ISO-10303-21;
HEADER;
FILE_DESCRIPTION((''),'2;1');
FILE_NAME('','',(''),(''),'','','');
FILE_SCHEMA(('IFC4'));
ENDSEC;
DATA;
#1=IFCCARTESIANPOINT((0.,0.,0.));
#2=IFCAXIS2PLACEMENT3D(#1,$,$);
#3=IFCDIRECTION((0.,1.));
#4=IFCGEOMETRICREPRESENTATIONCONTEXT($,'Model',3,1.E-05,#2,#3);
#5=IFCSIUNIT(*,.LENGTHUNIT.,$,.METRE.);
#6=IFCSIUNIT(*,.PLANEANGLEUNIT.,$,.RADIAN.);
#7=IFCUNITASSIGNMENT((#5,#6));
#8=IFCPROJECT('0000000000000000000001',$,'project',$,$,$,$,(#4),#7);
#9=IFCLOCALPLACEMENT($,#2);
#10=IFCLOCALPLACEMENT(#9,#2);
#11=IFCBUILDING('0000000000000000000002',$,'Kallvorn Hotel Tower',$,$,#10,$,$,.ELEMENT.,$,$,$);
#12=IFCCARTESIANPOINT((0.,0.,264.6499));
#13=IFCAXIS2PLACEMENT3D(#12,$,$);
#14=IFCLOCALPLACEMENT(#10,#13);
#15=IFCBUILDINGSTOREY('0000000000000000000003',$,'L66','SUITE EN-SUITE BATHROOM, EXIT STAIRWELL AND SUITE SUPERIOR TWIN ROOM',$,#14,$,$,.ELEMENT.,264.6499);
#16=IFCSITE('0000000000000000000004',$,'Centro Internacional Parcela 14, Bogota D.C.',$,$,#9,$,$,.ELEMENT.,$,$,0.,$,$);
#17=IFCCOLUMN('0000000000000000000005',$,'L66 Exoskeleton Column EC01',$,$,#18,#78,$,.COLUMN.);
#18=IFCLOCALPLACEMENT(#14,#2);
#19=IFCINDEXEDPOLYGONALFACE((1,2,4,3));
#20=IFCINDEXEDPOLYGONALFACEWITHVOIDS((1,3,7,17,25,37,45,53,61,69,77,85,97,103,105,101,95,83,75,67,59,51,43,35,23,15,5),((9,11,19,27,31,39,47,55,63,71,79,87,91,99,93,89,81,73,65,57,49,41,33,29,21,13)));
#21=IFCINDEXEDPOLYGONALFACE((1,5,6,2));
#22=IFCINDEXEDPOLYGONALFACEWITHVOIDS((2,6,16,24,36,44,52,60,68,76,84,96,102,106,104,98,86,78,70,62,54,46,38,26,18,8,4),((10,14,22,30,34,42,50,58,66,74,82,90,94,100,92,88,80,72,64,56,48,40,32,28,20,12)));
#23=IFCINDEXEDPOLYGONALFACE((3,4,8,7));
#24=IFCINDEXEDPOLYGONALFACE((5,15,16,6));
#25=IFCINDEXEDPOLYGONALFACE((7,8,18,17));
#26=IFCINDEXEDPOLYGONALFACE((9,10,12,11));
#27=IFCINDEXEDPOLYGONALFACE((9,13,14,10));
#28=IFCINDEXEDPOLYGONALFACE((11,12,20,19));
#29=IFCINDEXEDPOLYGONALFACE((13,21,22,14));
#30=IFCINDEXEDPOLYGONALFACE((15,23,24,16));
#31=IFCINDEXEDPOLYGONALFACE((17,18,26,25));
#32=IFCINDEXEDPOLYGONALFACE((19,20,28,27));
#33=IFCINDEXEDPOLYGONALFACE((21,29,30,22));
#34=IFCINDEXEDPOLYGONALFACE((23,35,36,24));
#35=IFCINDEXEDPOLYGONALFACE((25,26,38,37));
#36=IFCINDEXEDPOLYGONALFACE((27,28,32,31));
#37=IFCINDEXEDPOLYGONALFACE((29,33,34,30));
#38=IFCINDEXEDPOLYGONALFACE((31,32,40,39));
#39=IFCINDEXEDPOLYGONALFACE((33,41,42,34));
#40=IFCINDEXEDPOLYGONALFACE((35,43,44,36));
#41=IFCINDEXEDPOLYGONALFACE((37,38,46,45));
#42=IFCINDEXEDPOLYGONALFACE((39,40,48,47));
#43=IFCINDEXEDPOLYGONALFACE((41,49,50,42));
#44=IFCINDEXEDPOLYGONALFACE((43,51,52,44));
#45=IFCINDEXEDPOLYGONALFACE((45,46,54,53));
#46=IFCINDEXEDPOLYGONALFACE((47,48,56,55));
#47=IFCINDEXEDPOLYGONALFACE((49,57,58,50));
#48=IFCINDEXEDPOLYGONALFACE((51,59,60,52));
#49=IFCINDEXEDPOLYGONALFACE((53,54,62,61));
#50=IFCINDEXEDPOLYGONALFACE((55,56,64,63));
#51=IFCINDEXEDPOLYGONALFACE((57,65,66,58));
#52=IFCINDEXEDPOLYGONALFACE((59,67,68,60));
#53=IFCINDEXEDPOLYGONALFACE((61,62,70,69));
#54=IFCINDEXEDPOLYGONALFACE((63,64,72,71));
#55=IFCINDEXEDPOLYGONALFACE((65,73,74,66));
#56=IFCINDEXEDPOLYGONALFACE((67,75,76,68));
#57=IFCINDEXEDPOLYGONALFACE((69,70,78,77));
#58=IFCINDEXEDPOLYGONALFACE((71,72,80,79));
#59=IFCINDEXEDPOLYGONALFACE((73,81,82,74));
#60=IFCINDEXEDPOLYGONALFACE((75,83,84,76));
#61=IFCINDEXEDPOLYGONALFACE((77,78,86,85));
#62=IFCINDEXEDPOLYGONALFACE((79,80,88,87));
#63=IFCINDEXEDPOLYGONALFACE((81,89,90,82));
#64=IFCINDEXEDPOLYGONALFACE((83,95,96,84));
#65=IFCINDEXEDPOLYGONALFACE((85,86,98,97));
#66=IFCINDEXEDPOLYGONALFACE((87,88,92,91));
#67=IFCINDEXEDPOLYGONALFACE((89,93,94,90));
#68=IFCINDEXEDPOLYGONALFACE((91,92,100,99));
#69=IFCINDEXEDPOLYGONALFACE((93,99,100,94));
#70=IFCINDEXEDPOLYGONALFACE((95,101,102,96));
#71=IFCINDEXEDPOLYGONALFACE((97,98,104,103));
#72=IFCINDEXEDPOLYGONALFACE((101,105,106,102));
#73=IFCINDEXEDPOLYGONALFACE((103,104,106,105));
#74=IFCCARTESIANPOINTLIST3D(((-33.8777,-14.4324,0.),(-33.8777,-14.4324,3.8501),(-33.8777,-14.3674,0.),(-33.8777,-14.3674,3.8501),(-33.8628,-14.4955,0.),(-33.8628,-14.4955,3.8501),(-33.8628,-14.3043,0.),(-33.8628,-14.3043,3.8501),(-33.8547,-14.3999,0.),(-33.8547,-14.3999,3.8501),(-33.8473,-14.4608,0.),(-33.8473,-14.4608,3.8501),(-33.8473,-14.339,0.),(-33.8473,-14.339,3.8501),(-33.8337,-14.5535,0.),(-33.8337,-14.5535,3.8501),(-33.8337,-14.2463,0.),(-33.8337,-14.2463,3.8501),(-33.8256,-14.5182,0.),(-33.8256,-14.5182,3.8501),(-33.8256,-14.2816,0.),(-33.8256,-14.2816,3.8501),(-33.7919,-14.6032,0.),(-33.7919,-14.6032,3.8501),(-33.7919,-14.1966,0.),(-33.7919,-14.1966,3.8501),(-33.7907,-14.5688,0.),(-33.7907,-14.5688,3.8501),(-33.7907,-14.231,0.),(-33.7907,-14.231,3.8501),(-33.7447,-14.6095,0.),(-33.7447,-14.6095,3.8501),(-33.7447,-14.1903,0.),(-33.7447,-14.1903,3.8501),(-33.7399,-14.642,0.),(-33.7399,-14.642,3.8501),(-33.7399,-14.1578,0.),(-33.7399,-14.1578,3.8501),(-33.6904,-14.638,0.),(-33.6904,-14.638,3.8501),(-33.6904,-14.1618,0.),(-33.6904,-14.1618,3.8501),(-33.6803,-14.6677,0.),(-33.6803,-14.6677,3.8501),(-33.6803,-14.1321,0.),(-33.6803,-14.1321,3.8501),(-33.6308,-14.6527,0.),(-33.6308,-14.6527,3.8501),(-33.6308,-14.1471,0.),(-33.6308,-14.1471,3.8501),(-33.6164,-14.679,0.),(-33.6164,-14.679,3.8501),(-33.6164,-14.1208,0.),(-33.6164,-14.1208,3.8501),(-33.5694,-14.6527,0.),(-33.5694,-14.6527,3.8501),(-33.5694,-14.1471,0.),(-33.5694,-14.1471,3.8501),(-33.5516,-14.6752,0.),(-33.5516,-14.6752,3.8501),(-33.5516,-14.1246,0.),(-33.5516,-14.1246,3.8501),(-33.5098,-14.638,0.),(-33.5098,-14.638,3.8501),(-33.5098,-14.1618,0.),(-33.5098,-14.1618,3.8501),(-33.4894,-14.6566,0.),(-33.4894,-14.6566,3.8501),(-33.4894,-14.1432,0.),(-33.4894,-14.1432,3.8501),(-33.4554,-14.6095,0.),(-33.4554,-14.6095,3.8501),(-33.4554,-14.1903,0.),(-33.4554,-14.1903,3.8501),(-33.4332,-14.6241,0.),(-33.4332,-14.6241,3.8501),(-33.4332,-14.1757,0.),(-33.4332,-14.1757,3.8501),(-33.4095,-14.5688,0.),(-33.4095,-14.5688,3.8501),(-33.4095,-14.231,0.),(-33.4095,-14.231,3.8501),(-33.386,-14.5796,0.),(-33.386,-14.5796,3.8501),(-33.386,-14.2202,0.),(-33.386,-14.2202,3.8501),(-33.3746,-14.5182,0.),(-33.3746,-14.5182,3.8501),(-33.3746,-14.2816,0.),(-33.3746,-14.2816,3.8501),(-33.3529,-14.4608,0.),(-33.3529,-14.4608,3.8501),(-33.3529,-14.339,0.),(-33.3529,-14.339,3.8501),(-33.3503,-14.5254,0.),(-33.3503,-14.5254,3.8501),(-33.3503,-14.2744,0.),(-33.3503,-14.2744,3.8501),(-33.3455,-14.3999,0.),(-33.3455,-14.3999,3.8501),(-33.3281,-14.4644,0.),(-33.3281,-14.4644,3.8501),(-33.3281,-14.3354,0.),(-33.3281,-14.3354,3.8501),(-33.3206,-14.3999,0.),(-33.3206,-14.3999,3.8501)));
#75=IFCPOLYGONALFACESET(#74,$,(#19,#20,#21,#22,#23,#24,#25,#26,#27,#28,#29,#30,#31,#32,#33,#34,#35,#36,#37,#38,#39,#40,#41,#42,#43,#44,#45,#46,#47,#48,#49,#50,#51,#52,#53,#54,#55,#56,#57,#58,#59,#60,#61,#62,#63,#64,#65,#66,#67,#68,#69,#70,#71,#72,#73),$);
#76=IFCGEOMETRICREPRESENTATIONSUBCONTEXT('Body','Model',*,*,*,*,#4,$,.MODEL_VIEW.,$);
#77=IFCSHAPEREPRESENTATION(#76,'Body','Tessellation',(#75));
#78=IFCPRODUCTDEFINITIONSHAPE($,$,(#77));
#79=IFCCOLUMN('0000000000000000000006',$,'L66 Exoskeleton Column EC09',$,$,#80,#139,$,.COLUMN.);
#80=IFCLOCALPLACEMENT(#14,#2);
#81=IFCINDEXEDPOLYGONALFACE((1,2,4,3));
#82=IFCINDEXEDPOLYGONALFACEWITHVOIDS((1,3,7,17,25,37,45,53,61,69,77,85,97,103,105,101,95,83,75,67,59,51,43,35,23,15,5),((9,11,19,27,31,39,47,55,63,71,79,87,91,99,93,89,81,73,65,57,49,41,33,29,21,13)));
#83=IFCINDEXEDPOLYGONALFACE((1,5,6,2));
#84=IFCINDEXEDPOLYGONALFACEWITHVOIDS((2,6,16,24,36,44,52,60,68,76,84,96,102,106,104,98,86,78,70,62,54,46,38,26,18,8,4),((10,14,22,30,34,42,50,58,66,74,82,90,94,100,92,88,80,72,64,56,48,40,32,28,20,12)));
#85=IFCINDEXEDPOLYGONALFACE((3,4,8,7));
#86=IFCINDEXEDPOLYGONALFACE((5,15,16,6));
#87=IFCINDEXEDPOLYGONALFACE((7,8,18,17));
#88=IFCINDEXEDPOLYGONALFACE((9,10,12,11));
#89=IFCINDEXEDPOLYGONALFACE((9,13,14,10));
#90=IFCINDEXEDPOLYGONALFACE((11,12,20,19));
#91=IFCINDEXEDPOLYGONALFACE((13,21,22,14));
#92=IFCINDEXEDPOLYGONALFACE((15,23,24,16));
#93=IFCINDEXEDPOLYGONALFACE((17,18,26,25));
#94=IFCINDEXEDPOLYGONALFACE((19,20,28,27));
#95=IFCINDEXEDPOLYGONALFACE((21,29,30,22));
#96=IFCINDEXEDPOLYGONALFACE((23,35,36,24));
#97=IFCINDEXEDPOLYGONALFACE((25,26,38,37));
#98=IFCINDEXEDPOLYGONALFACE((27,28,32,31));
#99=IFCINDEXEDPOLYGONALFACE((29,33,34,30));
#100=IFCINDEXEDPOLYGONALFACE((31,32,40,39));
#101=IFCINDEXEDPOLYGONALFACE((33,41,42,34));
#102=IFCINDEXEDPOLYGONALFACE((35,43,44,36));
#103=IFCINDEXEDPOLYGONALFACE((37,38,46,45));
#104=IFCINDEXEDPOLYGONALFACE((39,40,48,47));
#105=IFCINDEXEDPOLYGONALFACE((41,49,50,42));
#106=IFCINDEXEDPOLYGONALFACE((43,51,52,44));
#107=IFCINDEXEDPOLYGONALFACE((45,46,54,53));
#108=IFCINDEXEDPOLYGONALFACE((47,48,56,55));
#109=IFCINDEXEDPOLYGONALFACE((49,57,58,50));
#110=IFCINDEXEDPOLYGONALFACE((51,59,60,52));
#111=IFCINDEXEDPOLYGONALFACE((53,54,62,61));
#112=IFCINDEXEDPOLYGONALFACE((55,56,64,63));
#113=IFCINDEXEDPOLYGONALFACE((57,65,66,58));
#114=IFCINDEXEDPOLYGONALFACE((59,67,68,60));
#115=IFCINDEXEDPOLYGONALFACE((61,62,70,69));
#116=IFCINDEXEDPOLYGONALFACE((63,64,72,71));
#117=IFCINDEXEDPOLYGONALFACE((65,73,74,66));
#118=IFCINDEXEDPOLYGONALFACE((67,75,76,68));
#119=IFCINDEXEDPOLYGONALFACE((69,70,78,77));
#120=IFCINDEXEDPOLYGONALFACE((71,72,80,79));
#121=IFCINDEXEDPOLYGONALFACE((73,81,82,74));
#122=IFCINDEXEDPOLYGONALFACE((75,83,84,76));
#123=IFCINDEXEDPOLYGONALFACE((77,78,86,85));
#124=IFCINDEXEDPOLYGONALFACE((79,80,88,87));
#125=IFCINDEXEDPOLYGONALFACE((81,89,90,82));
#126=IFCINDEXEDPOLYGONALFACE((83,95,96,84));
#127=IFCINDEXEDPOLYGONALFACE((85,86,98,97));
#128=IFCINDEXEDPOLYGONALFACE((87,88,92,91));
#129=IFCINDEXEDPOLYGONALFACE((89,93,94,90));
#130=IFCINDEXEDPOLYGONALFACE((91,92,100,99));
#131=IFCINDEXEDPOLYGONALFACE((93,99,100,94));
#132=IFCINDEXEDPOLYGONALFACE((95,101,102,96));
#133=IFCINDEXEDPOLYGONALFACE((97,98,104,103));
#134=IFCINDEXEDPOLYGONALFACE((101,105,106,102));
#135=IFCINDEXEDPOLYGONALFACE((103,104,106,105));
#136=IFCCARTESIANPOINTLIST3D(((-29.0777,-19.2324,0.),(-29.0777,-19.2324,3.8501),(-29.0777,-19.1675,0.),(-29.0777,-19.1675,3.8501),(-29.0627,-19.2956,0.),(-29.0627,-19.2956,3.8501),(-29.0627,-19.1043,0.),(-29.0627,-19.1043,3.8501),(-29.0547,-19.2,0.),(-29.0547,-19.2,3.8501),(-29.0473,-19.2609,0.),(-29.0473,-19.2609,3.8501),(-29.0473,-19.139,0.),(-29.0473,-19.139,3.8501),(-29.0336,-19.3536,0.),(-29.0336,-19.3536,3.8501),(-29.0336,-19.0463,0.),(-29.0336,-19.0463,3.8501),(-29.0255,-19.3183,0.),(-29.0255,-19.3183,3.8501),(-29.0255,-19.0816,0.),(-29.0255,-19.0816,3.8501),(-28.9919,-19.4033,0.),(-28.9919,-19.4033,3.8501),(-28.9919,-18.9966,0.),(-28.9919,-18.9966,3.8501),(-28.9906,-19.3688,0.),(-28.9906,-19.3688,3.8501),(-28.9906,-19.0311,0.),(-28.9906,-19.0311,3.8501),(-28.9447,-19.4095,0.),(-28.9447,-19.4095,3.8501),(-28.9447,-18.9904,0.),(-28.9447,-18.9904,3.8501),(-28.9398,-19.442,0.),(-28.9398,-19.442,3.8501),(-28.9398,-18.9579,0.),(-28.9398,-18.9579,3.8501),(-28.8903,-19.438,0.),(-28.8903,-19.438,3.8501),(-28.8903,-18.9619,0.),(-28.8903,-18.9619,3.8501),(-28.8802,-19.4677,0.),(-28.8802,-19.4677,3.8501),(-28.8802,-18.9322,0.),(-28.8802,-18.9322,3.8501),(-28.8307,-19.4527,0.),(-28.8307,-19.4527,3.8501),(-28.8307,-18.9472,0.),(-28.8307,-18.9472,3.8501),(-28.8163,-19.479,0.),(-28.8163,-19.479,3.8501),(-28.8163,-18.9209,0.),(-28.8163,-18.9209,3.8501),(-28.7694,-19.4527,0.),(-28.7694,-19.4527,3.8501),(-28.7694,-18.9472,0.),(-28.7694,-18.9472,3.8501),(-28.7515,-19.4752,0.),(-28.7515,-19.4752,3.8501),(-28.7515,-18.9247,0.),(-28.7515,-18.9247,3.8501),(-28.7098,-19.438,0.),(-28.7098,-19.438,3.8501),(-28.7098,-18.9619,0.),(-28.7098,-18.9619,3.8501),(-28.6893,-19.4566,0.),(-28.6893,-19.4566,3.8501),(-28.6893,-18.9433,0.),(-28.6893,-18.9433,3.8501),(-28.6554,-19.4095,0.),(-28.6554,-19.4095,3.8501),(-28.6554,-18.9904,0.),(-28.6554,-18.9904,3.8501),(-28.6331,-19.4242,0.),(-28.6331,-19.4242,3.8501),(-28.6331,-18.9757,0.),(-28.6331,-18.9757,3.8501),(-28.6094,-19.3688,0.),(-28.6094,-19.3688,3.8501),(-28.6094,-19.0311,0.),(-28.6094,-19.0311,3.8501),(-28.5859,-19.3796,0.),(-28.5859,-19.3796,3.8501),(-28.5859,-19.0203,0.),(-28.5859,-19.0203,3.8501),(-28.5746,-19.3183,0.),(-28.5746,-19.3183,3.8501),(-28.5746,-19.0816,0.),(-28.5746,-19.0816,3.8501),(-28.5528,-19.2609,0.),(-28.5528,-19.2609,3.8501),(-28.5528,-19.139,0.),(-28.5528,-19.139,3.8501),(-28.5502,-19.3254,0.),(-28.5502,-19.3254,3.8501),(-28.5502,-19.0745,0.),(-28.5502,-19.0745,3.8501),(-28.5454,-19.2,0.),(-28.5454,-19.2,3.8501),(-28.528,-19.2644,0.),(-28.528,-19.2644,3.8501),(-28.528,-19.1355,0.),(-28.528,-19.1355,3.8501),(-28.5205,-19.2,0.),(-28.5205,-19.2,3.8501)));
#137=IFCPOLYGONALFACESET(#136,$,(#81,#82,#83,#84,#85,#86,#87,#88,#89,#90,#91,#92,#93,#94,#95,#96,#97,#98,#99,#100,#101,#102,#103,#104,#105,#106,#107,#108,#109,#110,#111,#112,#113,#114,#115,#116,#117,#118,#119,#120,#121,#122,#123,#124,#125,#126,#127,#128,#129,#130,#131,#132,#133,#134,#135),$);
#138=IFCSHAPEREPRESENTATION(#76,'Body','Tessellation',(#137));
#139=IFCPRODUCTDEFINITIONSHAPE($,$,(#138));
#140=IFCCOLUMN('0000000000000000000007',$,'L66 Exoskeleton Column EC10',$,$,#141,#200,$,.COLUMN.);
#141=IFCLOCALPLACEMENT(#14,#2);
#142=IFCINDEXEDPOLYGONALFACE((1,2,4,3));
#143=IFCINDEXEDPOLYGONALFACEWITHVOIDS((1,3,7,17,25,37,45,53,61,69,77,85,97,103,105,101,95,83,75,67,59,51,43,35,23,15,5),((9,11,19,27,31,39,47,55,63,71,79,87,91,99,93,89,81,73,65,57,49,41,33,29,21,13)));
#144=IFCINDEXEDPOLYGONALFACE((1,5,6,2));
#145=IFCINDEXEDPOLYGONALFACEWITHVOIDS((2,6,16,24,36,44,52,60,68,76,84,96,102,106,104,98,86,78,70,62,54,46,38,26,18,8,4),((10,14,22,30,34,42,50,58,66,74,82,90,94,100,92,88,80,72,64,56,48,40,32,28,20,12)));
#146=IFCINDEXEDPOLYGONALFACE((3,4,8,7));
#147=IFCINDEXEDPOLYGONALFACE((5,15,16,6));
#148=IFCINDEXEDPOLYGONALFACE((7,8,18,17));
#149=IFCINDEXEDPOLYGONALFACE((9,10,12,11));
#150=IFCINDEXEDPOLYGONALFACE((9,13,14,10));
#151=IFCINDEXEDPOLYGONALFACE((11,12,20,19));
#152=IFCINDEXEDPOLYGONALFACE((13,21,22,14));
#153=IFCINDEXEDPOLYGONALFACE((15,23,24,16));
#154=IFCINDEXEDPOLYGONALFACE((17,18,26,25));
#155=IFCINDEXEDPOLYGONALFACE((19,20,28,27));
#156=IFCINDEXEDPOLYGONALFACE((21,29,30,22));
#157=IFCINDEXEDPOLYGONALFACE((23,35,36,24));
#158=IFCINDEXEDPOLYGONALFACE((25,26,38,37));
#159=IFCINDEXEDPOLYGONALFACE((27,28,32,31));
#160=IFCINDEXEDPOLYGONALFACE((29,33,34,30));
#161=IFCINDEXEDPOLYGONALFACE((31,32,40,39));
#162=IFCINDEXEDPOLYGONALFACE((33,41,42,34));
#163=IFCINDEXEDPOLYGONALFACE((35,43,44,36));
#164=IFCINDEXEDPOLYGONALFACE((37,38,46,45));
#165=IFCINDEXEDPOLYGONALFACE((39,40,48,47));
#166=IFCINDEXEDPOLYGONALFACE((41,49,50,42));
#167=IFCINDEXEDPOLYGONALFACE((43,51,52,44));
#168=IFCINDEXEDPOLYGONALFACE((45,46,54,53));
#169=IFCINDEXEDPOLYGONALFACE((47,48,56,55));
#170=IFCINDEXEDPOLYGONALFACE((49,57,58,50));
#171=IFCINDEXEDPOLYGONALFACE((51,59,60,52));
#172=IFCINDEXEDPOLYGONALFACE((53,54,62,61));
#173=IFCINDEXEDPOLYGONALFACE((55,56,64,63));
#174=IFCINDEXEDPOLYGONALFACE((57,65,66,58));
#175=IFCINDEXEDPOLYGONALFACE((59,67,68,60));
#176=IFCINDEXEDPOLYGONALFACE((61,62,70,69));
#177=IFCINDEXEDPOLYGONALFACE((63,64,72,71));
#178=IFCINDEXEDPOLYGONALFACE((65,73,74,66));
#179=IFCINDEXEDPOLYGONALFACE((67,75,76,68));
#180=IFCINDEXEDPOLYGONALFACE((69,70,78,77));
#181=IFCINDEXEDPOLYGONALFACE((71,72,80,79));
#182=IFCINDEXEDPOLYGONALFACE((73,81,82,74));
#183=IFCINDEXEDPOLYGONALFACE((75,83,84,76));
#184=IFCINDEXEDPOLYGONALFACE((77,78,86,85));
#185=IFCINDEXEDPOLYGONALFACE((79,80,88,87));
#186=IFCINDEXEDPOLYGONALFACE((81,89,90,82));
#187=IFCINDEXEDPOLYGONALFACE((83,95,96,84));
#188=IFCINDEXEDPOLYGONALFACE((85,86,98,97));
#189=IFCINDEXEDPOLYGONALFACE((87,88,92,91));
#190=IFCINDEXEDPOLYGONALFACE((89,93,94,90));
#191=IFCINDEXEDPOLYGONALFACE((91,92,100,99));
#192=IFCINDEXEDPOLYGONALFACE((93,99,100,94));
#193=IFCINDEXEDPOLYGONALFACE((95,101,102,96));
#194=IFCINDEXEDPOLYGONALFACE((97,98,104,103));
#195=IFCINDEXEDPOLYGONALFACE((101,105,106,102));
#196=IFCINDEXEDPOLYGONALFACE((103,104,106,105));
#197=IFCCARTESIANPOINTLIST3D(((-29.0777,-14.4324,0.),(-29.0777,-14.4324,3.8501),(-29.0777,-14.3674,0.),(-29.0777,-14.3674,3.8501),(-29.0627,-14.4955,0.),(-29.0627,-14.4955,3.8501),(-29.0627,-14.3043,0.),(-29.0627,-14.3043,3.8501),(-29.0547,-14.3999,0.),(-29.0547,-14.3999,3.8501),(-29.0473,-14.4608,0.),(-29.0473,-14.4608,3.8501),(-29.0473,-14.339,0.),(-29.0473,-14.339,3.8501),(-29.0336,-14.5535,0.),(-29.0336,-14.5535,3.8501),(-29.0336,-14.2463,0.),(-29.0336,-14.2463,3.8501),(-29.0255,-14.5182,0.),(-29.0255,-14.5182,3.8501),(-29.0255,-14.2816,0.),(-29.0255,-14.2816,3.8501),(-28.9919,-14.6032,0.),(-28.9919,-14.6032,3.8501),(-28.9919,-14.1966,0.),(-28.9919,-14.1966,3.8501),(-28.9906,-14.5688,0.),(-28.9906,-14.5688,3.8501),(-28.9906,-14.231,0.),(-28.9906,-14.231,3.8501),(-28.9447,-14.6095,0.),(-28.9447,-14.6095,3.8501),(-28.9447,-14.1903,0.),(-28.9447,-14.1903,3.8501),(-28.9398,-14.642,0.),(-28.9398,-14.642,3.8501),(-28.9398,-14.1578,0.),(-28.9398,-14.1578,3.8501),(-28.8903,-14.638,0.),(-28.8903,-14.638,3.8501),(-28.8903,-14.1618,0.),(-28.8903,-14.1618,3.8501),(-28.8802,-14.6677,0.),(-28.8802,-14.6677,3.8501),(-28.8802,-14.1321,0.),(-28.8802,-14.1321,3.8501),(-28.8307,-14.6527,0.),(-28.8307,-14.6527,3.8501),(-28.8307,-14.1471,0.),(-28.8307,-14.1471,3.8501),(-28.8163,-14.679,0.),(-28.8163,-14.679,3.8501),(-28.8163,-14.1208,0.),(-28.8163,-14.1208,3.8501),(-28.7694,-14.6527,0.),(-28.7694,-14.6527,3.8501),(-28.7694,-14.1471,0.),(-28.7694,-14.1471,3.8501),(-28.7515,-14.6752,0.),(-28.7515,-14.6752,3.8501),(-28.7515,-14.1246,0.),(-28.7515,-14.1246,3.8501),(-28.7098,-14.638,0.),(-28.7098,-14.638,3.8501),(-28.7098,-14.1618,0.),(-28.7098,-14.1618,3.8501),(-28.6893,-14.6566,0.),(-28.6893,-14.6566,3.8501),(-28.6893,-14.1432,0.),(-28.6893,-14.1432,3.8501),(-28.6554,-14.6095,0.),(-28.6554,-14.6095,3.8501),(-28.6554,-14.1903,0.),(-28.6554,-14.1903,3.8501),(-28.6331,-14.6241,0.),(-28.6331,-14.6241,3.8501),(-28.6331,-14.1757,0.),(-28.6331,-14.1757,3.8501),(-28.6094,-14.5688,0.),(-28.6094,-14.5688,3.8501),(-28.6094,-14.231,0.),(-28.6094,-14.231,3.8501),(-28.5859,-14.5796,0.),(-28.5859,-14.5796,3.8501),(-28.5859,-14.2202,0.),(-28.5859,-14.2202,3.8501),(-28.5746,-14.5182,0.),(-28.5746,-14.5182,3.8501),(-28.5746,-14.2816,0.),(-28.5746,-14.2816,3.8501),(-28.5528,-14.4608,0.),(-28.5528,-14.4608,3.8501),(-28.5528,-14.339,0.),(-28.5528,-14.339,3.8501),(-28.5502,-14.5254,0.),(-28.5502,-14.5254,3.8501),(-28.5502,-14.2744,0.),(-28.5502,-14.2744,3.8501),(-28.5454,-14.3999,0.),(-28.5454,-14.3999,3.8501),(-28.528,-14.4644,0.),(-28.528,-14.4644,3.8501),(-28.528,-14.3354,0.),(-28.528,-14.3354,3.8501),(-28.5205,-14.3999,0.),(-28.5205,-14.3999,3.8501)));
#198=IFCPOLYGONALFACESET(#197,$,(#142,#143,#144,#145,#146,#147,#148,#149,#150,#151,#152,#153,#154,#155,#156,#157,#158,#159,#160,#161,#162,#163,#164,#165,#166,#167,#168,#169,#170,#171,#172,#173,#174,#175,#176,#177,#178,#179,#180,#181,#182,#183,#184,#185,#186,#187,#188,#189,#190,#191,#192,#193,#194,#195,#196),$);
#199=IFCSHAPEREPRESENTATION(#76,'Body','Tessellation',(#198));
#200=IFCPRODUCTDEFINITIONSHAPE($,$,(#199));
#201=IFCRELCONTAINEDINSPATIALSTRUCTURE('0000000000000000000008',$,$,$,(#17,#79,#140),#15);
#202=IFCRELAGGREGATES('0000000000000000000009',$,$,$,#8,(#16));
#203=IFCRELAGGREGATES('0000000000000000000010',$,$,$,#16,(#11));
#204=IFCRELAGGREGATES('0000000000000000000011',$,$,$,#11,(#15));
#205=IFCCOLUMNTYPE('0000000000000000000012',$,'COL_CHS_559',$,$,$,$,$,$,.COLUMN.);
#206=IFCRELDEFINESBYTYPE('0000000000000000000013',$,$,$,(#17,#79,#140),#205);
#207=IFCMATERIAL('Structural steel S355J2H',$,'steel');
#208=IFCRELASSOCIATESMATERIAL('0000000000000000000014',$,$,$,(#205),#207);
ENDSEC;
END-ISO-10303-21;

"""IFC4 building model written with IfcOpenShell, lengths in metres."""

from ifc_helpers import new_model, si_unit, direction, frame, origin, origin_2d, place, context, subcontext, project, spatial, hollow_circle, extrude, material, material_profile, profile_set, type_object, element, save


model = new_model("IFC4")

# Units and contexts
model_context = context("Model", 3, precision=1e-05, world=origin(), true_north=direction((0.0, 1.0)))
body_context = subcontext(model_context, "Body", "Model", "MODEL_VIEW")
ifc_project = project(units=[si_unit("LENGTHUNIT", "METRE"), si_unit("PLANEANGLEUNIT", "RADIAN")], contexts=[model_context])

# Site, building, storey
site_placement = place(None, origin())
site = spatial("IfcSite", under=ifc_project, at=site_placement, Name="Centro Internacional Parcela 14, Bogota D.C.", CompositionType="ELEMENT", RefElevation=0.0)
building_placement = place(site_placement, origin())
building = spatial("IfcBuilding", under=site, at=building_placement, Name="Kallvorn Hotel Tower", CompositionType="ELEMENT")
storey_placement = place(building_placement, frame((0.0, 0.0, 264.6499)))
storey = spatial("IfcBuildingStorey", under=building, at=storey_placement, Name="L66", Description="SUITE EN-SUITE BATHROOM, EXIT STAIRWELL AND SUITE SUPERIOR TWIN ROOM", CompositionType="ELEMENT", Elevation=264.6499)

# Columns
ifc_material_1 = material(Name="Structural steel S355J2H", Category="steel")
ifc_material_profile_1 = material_profile(ifc_material_1, hollow_circle(Radius=0.2795, WallThickness=0.0249, at=origin_2d()), Name="CHS 559x25")
ifc_profile_set_1 = profile_set([ifc_material_profile_1], Name="Structural steel S355J2H")
column_type = type_object("IfcColumnType", Name="COL_CHS_559", PredefinedType="COLUMN", material=ifc_profile_set_1)
for number, where, z_axis, x_axis, name in (
    (1, (-33.6001, -14.3999, 0.0), (0.0, 0.0, 1.0), (1.0, 0.0, 0.0), "L66 Exoskeleton Column EC01"),
    (2, (-28.8, -19.2, 0.0), (0.0, 0.0, 1.0), (1.0, 0.0, 0.0), "L66 Exoskeleton Column EC09"),
    (3, (-28.8, -14.3999, 0.0), (0.0, 0.0, 1.0), (1.0, 0.0, 0.0), "L66 Exoskeleton Column EC10"),
):
    element("IfcColumn", number, at=place(storey_placement, frame(where, z_axis=z_axis, x_axis=x_axis)), inside=storey, type_object=column_type, Name=name, PredefinedType="COLUMN", context=body_context, shape_type="SweptSolid", body=[
        extrude(hollow_circle(Radius=0.2795, WallThickness=0.0249, at=origin_2d()), origin(), (0.0, 0.0, 1.0), 3.8501),
    ])

save(model, "model.ifc")
